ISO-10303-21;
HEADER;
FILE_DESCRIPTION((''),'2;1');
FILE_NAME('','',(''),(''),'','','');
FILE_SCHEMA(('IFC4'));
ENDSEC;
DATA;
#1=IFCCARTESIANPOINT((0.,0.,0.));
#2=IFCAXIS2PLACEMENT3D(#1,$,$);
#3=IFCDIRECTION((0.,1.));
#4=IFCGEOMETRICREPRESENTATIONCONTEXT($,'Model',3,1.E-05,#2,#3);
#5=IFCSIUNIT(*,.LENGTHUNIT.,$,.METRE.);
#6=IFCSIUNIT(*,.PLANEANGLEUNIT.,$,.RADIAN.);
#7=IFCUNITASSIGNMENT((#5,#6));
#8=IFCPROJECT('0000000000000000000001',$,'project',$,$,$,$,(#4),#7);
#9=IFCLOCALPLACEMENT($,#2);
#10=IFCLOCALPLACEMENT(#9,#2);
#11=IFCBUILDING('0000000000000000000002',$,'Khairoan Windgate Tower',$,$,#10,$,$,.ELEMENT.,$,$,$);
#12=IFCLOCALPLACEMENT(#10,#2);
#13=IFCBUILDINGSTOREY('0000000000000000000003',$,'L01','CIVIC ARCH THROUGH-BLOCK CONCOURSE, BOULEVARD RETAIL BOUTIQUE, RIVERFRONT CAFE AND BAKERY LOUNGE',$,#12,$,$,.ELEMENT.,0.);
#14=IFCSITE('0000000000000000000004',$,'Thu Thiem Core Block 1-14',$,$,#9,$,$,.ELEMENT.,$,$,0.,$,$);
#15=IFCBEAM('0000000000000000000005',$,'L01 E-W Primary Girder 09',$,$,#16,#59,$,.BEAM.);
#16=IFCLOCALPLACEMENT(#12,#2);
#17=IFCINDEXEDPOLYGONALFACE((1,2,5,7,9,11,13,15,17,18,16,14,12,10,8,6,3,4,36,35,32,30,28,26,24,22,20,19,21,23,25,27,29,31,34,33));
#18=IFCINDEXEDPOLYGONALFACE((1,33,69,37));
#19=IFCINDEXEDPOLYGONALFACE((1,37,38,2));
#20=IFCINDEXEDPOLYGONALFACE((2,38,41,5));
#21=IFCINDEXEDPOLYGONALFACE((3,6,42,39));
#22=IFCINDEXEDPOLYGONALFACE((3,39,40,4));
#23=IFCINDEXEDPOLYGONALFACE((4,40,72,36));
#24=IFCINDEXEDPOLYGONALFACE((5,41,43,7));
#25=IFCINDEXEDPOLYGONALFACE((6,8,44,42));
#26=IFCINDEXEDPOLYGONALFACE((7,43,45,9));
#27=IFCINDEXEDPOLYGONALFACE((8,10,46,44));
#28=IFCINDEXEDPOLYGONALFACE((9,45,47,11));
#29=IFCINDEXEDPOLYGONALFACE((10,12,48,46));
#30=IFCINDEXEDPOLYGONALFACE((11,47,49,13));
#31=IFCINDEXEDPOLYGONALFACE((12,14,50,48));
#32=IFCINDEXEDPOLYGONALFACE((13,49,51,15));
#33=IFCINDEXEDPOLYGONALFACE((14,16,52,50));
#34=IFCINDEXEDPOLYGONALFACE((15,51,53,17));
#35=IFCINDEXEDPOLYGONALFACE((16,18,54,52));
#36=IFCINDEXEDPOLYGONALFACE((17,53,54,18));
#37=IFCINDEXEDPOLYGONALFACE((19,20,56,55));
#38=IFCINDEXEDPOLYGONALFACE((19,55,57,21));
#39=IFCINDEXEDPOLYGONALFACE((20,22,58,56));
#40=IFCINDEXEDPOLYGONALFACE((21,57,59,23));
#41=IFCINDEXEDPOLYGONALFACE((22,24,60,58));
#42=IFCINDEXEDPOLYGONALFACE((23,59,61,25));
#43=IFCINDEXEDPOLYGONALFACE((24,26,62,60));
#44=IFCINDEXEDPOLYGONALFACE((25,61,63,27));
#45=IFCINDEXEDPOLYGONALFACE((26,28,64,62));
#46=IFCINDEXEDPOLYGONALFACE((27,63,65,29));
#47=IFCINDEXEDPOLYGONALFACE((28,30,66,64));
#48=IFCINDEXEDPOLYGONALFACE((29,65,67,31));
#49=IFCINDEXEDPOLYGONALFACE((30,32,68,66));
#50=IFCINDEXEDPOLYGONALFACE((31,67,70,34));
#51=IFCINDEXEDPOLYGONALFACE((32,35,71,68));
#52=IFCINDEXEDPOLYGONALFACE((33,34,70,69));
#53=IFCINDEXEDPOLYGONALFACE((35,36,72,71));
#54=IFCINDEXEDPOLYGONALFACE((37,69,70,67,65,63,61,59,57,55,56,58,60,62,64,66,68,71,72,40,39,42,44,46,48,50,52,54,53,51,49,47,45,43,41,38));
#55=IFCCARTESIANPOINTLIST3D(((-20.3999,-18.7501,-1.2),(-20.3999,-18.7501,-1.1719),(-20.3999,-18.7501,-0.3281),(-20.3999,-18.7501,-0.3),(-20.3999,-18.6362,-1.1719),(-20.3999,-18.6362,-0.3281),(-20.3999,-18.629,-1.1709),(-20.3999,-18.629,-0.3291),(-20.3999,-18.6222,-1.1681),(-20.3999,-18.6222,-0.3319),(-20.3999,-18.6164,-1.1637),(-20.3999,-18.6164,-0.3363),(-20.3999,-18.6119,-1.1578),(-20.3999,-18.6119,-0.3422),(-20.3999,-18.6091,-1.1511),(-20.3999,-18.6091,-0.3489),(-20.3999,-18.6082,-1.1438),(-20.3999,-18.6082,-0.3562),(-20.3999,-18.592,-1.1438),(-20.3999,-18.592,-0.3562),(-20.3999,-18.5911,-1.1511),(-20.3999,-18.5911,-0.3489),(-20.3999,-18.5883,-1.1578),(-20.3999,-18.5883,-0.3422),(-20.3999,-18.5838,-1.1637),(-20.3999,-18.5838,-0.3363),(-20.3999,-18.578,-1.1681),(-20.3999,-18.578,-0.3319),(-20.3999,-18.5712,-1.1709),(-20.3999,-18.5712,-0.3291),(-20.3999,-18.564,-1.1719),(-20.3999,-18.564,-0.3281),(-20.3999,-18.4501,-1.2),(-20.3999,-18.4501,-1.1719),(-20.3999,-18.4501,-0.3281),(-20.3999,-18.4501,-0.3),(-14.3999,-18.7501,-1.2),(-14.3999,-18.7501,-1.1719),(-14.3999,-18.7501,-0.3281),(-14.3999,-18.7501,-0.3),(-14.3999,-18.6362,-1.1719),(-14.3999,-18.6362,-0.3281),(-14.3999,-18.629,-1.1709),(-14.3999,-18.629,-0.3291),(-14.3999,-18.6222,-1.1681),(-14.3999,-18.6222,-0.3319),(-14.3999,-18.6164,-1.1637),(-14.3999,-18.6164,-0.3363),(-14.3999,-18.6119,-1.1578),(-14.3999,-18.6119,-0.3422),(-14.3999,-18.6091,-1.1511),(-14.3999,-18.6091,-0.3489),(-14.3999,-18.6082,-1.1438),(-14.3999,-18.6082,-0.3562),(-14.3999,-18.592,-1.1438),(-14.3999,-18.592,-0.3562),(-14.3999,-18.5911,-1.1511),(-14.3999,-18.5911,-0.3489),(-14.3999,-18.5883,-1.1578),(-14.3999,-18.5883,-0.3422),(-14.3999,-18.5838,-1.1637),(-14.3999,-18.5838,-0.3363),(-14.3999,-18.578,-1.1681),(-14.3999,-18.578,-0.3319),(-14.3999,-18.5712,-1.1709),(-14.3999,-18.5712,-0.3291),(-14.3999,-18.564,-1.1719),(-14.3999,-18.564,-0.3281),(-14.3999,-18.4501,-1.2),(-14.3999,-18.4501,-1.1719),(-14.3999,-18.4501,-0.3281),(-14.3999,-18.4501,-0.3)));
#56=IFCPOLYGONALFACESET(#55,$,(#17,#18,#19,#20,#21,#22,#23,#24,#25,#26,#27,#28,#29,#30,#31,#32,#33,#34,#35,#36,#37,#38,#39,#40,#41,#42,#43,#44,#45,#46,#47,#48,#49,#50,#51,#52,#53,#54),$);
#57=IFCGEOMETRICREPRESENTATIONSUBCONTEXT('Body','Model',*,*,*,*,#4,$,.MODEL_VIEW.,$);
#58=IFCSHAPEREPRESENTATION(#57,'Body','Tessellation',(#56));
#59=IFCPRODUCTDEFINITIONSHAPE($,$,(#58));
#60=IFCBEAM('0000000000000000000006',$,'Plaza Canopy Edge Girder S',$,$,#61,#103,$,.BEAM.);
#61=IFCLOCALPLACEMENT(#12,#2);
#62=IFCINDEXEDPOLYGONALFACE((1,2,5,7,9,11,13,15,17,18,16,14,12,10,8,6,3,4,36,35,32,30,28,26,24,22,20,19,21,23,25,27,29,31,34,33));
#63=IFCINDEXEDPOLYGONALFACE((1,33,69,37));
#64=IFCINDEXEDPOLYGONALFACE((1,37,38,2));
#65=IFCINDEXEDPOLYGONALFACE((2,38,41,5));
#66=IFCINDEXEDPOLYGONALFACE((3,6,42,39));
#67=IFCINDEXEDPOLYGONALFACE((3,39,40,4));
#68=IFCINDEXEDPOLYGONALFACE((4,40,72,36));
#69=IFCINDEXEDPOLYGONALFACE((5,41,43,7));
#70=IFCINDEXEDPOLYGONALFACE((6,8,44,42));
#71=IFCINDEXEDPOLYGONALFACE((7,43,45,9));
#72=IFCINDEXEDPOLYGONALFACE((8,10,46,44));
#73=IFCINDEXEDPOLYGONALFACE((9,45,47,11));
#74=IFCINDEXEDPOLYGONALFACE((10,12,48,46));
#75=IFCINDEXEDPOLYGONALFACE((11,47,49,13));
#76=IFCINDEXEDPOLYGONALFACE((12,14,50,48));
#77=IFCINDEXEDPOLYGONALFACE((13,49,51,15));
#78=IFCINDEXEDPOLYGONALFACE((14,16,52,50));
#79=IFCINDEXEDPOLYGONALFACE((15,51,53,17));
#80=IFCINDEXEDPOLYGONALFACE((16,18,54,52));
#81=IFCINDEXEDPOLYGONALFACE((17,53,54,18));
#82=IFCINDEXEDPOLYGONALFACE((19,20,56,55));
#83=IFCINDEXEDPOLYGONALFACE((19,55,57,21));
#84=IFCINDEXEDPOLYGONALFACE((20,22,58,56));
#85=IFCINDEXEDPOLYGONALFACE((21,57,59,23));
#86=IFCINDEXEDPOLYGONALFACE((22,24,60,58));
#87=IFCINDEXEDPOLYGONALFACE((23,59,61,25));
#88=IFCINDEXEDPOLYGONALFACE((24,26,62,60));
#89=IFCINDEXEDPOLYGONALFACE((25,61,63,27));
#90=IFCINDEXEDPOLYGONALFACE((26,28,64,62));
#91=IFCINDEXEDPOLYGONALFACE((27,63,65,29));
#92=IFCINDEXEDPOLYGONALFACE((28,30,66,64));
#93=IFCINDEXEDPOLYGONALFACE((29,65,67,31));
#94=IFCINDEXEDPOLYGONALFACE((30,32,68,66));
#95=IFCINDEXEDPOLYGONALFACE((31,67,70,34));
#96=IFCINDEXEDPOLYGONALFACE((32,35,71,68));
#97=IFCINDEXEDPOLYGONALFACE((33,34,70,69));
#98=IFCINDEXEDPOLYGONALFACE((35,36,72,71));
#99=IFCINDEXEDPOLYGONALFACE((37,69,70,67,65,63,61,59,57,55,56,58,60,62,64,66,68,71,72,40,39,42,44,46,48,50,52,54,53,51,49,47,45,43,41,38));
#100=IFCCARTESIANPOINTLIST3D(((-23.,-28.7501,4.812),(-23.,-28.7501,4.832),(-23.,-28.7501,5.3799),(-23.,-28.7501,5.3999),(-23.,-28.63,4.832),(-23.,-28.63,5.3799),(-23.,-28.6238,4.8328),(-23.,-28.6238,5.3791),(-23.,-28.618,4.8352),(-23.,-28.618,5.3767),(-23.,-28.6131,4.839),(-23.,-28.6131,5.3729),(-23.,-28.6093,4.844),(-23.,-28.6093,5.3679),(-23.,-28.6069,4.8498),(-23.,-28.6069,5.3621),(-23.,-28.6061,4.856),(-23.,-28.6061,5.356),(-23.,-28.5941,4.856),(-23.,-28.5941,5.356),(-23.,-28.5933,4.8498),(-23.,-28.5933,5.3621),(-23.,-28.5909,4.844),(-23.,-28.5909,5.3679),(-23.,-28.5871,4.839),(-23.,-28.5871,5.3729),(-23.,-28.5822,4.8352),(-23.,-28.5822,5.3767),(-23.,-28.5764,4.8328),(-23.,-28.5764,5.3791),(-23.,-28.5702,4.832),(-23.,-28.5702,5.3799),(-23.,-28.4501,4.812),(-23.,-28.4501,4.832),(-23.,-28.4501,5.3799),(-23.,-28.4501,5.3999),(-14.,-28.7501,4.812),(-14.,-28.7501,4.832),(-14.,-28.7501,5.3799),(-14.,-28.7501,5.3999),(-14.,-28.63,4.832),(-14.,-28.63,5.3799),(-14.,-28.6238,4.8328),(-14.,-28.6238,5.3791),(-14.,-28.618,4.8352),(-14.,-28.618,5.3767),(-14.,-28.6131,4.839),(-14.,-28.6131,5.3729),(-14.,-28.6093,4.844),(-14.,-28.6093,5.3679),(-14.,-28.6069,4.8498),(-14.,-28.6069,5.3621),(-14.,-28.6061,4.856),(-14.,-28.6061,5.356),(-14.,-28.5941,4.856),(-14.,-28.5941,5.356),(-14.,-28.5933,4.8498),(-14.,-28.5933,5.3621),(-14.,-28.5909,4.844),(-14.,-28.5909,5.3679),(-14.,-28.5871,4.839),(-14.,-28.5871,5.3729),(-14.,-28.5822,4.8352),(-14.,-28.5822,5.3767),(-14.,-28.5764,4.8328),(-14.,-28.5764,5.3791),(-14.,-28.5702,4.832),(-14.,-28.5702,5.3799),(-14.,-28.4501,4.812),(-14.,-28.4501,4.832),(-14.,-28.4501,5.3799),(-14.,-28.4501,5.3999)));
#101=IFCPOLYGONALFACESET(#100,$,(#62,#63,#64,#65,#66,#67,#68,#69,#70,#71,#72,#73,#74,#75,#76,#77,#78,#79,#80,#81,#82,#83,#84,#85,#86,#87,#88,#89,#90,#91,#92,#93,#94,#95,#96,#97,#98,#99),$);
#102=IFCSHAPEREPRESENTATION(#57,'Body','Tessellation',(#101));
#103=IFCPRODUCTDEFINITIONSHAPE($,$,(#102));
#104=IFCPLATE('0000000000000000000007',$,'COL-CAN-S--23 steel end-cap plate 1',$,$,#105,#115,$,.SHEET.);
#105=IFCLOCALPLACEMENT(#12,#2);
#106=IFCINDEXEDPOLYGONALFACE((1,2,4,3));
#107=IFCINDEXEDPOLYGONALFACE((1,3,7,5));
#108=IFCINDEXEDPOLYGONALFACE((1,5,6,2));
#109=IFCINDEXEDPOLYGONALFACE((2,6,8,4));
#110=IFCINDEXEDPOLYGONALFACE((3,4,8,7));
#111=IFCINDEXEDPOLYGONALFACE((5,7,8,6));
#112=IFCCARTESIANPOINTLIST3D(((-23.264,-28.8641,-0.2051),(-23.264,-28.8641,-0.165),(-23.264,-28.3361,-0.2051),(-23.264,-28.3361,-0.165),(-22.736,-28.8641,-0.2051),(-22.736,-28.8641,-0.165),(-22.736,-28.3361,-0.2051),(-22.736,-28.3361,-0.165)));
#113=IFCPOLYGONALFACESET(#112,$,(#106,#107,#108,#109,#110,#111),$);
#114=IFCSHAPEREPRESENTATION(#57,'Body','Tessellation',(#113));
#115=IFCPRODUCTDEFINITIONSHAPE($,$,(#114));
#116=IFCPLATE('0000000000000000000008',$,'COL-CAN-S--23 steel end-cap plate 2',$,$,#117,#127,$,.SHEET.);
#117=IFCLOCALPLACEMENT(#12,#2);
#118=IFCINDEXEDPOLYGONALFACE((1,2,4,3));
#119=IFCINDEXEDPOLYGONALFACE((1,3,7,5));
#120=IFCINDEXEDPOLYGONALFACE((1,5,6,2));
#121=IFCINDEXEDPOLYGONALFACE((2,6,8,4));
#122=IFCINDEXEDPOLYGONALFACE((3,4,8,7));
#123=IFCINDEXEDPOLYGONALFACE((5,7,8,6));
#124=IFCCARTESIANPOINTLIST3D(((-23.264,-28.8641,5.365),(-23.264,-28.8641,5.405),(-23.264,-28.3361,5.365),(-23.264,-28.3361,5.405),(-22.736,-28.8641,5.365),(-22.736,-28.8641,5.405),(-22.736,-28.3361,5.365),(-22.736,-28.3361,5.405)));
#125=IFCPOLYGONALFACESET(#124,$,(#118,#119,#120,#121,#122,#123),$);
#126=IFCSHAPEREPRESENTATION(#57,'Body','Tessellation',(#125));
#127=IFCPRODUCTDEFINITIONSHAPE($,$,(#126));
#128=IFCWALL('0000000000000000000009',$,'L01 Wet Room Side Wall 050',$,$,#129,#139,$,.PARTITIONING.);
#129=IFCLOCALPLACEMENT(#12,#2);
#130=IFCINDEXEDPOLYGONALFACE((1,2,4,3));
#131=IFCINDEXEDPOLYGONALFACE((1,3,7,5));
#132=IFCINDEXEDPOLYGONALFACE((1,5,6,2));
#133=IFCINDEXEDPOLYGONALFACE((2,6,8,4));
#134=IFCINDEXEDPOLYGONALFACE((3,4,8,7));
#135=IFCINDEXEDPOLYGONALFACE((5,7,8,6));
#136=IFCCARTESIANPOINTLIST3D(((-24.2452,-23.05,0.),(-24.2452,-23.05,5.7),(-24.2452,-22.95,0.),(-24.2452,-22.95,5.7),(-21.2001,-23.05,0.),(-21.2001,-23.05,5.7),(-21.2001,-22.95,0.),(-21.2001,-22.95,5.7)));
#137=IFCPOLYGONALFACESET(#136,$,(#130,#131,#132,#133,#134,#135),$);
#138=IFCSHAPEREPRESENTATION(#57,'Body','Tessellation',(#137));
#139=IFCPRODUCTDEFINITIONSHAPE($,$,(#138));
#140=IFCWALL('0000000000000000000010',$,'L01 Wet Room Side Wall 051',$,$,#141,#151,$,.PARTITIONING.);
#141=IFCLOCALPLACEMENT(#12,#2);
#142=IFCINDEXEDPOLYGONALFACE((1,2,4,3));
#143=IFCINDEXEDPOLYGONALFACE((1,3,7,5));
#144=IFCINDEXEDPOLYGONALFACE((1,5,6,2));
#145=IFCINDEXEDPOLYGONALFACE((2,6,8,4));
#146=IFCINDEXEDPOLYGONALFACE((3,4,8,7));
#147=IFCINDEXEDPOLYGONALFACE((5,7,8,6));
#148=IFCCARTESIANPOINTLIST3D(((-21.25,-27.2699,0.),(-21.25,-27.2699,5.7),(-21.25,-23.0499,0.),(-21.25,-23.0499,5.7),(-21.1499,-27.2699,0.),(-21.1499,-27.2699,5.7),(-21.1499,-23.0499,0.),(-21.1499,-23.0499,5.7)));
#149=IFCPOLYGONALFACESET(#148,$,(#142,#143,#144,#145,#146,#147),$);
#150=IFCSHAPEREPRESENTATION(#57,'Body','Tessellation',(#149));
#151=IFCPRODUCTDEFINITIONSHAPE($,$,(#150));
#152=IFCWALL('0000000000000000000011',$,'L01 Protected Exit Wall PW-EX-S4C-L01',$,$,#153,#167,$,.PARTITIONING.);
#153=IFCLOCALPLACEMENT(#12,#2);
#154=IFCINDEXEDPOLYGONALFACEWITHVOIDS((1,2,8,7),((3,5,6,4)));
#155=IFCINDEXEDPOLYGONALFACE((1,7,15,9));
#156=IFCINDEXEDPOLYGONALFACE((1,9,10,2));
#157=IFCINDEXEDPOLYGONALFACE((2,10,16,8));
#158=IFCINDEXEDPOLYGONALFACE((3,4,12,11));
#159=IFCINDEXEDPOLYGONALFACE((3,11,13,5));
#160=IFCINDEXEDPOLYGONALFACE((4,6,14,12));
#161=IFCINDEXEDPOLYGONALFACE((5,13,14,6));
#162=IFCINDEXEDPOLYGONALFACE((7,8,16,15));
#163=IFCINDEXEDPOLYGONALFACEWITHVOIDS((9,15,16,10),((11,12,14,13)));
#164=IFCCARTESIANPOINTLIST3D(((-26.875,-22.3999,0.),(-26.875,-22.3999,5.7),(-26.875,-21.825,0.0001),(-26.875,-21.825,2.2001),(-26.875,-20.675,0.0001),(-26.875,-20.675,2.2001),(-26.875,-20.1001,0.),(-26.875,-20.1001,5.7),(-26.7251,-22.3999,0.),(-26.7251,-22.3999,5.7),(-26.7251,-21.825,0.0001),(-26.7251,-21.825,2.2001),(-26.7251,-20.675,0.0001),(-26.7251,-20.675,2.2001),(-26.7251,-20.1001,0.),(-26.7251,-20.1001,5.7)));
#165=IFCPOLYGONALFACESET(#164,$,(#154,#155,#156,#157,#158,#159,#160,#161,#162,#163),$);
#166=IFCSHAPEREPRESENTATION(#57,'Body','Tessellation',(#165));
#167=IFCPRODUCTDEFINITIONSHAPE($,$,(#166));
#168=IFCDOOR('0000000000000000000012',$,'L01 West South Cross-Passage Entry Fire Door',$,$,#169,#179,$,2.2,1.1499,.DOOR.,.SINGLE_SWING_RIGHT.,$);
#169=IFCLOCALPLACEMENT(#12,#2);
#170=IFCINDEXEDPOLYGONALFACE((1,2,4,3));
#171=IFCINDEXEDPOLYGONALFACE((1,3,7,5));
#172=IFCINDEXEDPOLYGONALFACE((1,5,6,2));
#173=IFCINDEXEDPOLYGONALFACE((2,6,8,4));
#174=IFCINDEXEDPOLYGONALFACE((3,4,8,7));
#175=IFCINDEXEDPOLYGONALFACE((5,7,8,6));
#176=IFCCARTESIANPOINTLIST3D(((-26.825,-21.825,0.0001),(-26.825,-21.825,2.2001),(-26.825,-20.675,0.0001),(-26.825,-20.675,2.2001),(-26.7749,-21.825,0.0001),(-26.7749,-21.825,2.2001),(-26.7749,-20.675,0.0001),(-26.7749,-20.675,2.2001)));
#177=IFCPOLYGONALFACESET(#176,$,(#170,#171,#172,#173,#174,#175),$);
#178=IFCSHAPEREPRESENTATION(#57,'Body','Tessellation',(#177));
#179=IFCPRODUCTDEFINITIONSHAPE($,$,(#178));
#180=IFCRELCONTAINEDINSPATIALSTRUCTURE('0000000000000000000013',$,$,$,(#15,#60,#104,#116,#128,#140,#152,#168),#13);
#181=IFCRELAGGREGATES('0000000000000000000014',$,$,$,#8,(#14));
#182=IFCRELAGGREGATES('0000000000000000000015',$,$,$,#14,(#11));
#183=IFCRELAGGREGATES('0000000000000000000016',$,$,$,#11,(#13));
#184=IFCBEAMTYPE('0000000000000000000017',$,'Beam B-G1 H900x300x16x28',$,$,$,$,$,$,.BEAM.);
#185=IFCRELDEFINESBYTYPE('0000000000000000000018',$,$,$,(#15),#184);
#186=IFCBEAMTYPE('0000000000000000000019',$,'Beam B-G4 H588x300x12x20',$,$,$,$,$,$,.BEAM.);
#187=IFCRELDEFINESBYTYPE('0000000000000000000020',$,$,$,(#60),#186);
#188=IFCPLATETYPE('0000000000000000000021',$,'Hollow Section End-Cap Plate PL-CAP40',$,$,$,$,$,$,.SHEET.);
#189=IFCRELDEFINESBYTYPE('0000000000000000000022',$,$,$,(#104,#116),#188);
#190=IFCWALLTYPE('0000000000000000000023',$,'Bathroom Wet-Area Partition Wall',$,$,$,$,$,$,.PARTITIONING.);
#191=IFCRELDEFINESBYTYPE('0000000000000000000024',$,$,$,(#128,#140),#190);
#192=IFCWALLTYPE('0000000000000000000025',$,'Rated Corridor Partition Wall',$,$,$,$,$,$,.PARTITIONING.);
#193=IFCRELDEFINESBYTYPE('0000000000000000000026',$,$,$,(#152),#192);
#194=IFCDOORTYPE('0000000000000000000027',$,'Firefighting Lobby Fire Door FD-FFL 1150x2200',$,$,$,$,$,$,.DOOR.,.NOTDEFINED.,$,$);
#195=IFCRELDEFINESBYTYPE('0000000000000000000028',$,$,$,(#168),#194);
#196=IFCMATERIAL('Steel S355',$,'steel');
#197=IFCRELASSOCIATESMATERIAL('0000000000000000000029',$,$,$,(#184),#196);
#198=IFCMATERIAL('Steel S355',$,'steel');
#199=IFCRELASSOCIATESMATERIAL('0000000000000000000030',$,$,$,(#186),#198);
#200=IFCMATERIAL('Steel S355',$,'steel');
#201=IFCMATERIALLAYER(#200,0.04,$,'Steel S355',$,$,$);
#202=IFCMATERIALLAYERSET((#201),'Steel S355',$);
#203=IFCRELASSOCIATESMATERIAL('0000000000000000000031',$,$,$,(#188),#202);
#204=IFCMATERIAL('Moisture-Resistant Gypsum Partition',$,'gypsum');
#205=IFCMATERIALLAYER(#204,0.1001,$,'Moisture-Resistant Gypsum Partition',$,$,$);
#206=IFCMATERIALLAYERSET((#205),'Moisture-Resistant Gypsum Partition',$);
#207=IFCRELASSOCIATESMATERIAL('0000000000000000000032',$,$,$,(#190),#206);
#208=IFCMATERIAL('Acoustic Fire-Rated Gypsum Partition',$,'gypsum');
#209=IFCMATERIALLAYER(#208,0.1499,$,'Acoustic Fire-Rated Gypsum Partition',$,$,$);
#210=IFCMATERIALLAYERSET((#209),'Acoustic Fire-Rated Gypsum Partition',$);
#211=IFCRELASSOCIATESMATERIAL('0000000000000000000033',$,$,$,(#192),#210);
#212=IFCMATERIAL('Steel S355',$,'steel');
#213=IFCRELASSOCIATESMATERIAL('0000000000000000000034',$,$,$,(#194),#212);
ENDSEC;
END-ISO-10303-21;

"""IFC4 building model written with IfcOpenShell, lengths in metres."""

from ifc_helpers import new_model, si_unit, direction, frame, frame_2d, origin, origin_2d, place, context, subcontext, project, spatial, rectangle, i_section, extrude, material, layer, layer_set, material_profile, profile_set, type_object, element, fill, save


model = new_model("IFC4")

# Units and contexts
model_context = context("Model", 3, precision=1e-05, world=origin(), true_north=direction((0.0, 1.0)))
body_context = subcontext(model_context, "Body", "Model", "MODEL_VIEW")
ifc_project = project(units=[si_unit("LENGTHUNIT", "METRE"), si_unit("PLANEANGLEUNIT", "RADIAN")], contexts=[model_context])

# Site, building, storey
site_placement = place(None, origin())
site = spatial("IfcSite", under=ifc_project, at=site_placement, Name="Thu Thiem Core Block 1-14", CompositionType="ELEMENT", RefElevation=0.0)
building_placement = place(site_placement, origin())
building = spatial("IfcBuilding", under=site, at=building_placement, Name="Khairoan Windgate Tower", CompositionType="ELEMENT")
storey_placement = place(building_placement, origin())
storey = spatial("IfcBuildingStorey", under=building, at=storey_placement, Name="L01", Description="CIVIC ARCH THROUGH-BLOCK CONCOURSE, BOULEVARD RETAIL BOUTIQUE, RIVERFRONT CAFE AND BAKERY LOUNGE", CompositionType="ELEMENT", Elevation=0.0)

# Beams
ifc_material_1 = material(Name="Steel S355", Category="steel")
ifc_material_profile_1 = material_profile(ifc_material_1, i_section(OverallWidth=0.3, OverallDepth=0.8999, WebThickness=0.0161, FlangeThickness=0.0281, FilletRadius=0.0281, at=origin_2d()))
ifc_profile_set_1 = profile_set([ifc_material_profile_1], Name="Steel S355")
beam_type_1 = type_object("IfcBeamType", Name="Beam B-G1 H900x300x16x28", PredefinedType="BEAM", material=ifc_profile_set_1)
beam_1_placement = place(storey_placement, frame((-20.3999, -18.6001, -0.75), z_axis=(1.0, 0.0, 0.0), x_axis=(0.0, 1.0, 0.0)))
element("IfcBeam", 1, at=beam_1_placement, inside=storey, type_object=beam_type_1, Name="L01 E-W Primary Girder 09", PredefinedType="BEAM", context=body_context, shape_type="SweptSolid", body=[
    extrude(i_section(OverallWidth=0.3, OverallDepth=0.8999, WebThickness=0.0161, FlangeThickness=0.0281, FilletRadius=0.0281, at=origin_2d()), origin(), (0.0, 0.0, 1.0), 6.0),
])
ifc_material_2 = material(Name="Steel S355", Category="steel")
ifc_material_profile_2 = material_profile(ifc_material_2, i_section(OverallWidth=0.3, OverallDepth=0.5879, WebThickness=0.012, FlangeThickness=0.02, FilletRadius=0.0239, at=origin_2d()))
ifc_profile_set_2 = profile_set([ifc_material_profile_2], Name="Steel S355")
beam_type_2 = type_object("IfcBeamType", Name="Beam B-G4 H588x300x12x20", PredefinedType="BEAM", material=ifc_profile_set_2)
beam_2_placement = place(storey_placement, frame((-23.0, -28.6001, 5.106), z_axis=(1.0, 0.0, 0.0), x_axis=(0.0, 1.0, 0.0)))
element("IfcBeam", 2, at=beam_2_placement, inside=storey, type_object=beam_type_2, Name="Plaza Canopy Edge Girder S", PredefinedType="BEAM", context=body_context, shape_type="SweptSolid", body=[
    extrude(i_section(OverallWidth=0.3, OverallDepth=0.5879, WebThickness=0.012, FlangeThickness=0.02, FilletRadius=0.0239, at=origin_2d()), origin(), (0.0, 0.0, 1.0), 9.0),
])

# Plates
ifc_material_3 = material(Name="Steel S355", Category="steel")
ifc_layer_1 = layer(ifc_material_3, 0.04, Name="Steel S355")
ifc_layer_set_1 = layer_set([ifc_layer_1], Name="Steel S355")
plate_type = type_object("IfcPlateType", Name="Hollow Section End-Cap Plate PL-CAP40", PredefinedType="SHEET", material=ifc_layer_set_1)
for number, where, z_axis, x_axis, name in (
    (3, (-23.0, -28.6001, -0.2051), (0.0, 0.0, 1.0), (1.0, 0.0, 0.0), "COL-CAN-S--23 steel end-cap plate 1"),
    (4, (-23.0, -28.6001, 5.365), (0.0, 0.0, 1.0), (1.0, 0.0, 0.0), "COL-CAN-S--23 steel end-cap plate 2"),
):
    element("IfcPlate", number, at=place(storey_placement, frame(where, z_axis=z_axis, x_axis=x_axis)), inside=storey, type_object=plate_type, Name=name, PredefinedType="SHEET", context=body_context, shape_type="SweptSolid", body=[
        extrude(rectangle(XDim=0.5281, YDim=0.5281, at=origin_2d()), origin(), (0.0, 0.0, 1.0), 0.04),
    ])

# Walls
ifc_material_4 = material(Name="Moisture-Resistant Gypsum Partition", Category="gypsum")
ifc_layer_2 = layer(ifc_material_4, 0.1001, Name="Moisture-Resistant Gypsum Partition")
ifc_layer_set_2 = layer_set([ifc_layer_2], Name="Moisture-Resistant Gypsum Partition")
wall_type_1 = type_object("IfcWallType", Name="Bathroom Wet-Area Partition Wall", PredefinedType="PARTITIONING", material=ifc_layer_set_2)
wall_1_placement = place(storey_placement, frame((-24.2451, -23.0, 0.0), z_axis=(0.0, 0.0, 1.0), x_axis=(1.0, 0.0, 0.0)))
element("IfcWall", 5, at=wall_1_placement, inside=storey, type_object=wall_type_1, Name="L01 Wet Room Side Wall 050", PredefinedType="PARTITIONING", context=body_context, shape_type="SweptSolid", body=[
    extrude(rectangle(XDim=3.0452, YDim=0.1001, at=frame_2d((1.5225, 0.0))), origin(), (0.0, 0.0, 1.0), 5.7),
])
wall_2_placement = place(storey_placement, frame((-21.2, -23.05, 0.0), z_axis=(0.0, 0.0, 1.0), x_axis=(0.0, -1.0, 0.0)))
element("IfcWall", 6, at=wall_2_placement, inside=storey, type_object=wall_type_1, Name="L01 Wet Room Side Wall 051", PredefinedType="PARTITIONING", context=body_context, shape_type="SweptSolid", body=[
    extrude(rectangle(XDim=4.22, YDim=0.1001, at=frame_2d((2.1099, 0.0))), origin(), (0.0, 0.0, 1.0), 5.7),
])

# Wall, opening, door
ifc_material_5 = material(Name="Acoustic Fire-Rated Gypsum Partition", Category="gypsum")
ifc_layer_3 = layer(ifc_material_5, 0.1499, Name="Acoustic Fire-Rated Gypsum Partition")
ifc_layer_set_3 = layer_set([ifc_layer_3], Name="Acoustic Fire-Rated Gypsum Partition")
wall_type_2 = type_object("IfcWallType", Name="Rated Corridor Partition Wall", PredefinedType="PARTITIONING", material=ifc_layer_set_3)
wall_3_placement = place(storey_placement, frame((-26.8, -22.3999, 0.0), z_axis=(0.0, 0.0, 1.0), x_axis=(0.0, 1.0, 0.0)))
wall_3 = element("IfcWall", 7, at=wall_3_placement, inside=storey, type_object=wall_type_2, Name="L01 Protected Exit Wall PW-EX-S4C-L01", PredefinedType="PARTITIONING", context=body_context, shape_type="SweptSolid", body=[
    extrude(rectangle(XDim=2.2998, YDim=0.1499, at=frame_2d((1.1499, 0.0))), origin(), (0.0, 0.0, 1.0), 5.7),
])
opening_1_placement = place(wall_3_placement, frame((0.575, 0.0, 0.0)))
opening_1 = element("IfcOpeningElement", 8, at=opening_1_placement, cuts=wall_3, PredefinedType="OPENING", context=body_context, shape_type="SweptSolid", body=[
    extrude(rectangle(XDim=1.1499, YDim=2.2, at=frame_2d((0.575, 1.1001))), frame((0.0, 0.085, 0.0), z_axis=(0.0, -1.0, 0.0), x_axis=(1.0, 0.0, 0.0)), (0.0, 0.0, 1.0), 0.1699),
])
ifc_material_6 = material(Name="Steel S355", Category="steel")
door_type_1 = type_object("IfcDoorType", Name="Firefighting Lobby Fire Door FD-FFL 1150x2200", OperationType="NOTDEFINED", PredefinedType="DOOR", material=ifc_material_6)
door_1_placement = place(opening_1_placement, origin())
door_1 = element("IfcDoor", 9, at=door_1_placement, inside=storey, type_object=door_type_1, Name="L01 West South Cross-Passage Entry Fire Door", OperationType="SINGLE_SWING_RIGHT", OverallHeight=2.2, OverallWidth=1.1499, PredefinedType="DOOR", context=body_context, shape_type="SweptSolid", body=[
    extrude(rectangle(XDim=1.1499, YDim=2.2, at=frame_2d((0.575, 1.1001))), frame((0.0, 0.0249, 0.0), z_axis=(0.0, -1.0, 0.0), x_axis=(1.0, 0.0, 0.0)), (0.0, 0.0, 1.0), 0.05),
])
fill(opening_1, door_1)

save(model, "model.ifc")
